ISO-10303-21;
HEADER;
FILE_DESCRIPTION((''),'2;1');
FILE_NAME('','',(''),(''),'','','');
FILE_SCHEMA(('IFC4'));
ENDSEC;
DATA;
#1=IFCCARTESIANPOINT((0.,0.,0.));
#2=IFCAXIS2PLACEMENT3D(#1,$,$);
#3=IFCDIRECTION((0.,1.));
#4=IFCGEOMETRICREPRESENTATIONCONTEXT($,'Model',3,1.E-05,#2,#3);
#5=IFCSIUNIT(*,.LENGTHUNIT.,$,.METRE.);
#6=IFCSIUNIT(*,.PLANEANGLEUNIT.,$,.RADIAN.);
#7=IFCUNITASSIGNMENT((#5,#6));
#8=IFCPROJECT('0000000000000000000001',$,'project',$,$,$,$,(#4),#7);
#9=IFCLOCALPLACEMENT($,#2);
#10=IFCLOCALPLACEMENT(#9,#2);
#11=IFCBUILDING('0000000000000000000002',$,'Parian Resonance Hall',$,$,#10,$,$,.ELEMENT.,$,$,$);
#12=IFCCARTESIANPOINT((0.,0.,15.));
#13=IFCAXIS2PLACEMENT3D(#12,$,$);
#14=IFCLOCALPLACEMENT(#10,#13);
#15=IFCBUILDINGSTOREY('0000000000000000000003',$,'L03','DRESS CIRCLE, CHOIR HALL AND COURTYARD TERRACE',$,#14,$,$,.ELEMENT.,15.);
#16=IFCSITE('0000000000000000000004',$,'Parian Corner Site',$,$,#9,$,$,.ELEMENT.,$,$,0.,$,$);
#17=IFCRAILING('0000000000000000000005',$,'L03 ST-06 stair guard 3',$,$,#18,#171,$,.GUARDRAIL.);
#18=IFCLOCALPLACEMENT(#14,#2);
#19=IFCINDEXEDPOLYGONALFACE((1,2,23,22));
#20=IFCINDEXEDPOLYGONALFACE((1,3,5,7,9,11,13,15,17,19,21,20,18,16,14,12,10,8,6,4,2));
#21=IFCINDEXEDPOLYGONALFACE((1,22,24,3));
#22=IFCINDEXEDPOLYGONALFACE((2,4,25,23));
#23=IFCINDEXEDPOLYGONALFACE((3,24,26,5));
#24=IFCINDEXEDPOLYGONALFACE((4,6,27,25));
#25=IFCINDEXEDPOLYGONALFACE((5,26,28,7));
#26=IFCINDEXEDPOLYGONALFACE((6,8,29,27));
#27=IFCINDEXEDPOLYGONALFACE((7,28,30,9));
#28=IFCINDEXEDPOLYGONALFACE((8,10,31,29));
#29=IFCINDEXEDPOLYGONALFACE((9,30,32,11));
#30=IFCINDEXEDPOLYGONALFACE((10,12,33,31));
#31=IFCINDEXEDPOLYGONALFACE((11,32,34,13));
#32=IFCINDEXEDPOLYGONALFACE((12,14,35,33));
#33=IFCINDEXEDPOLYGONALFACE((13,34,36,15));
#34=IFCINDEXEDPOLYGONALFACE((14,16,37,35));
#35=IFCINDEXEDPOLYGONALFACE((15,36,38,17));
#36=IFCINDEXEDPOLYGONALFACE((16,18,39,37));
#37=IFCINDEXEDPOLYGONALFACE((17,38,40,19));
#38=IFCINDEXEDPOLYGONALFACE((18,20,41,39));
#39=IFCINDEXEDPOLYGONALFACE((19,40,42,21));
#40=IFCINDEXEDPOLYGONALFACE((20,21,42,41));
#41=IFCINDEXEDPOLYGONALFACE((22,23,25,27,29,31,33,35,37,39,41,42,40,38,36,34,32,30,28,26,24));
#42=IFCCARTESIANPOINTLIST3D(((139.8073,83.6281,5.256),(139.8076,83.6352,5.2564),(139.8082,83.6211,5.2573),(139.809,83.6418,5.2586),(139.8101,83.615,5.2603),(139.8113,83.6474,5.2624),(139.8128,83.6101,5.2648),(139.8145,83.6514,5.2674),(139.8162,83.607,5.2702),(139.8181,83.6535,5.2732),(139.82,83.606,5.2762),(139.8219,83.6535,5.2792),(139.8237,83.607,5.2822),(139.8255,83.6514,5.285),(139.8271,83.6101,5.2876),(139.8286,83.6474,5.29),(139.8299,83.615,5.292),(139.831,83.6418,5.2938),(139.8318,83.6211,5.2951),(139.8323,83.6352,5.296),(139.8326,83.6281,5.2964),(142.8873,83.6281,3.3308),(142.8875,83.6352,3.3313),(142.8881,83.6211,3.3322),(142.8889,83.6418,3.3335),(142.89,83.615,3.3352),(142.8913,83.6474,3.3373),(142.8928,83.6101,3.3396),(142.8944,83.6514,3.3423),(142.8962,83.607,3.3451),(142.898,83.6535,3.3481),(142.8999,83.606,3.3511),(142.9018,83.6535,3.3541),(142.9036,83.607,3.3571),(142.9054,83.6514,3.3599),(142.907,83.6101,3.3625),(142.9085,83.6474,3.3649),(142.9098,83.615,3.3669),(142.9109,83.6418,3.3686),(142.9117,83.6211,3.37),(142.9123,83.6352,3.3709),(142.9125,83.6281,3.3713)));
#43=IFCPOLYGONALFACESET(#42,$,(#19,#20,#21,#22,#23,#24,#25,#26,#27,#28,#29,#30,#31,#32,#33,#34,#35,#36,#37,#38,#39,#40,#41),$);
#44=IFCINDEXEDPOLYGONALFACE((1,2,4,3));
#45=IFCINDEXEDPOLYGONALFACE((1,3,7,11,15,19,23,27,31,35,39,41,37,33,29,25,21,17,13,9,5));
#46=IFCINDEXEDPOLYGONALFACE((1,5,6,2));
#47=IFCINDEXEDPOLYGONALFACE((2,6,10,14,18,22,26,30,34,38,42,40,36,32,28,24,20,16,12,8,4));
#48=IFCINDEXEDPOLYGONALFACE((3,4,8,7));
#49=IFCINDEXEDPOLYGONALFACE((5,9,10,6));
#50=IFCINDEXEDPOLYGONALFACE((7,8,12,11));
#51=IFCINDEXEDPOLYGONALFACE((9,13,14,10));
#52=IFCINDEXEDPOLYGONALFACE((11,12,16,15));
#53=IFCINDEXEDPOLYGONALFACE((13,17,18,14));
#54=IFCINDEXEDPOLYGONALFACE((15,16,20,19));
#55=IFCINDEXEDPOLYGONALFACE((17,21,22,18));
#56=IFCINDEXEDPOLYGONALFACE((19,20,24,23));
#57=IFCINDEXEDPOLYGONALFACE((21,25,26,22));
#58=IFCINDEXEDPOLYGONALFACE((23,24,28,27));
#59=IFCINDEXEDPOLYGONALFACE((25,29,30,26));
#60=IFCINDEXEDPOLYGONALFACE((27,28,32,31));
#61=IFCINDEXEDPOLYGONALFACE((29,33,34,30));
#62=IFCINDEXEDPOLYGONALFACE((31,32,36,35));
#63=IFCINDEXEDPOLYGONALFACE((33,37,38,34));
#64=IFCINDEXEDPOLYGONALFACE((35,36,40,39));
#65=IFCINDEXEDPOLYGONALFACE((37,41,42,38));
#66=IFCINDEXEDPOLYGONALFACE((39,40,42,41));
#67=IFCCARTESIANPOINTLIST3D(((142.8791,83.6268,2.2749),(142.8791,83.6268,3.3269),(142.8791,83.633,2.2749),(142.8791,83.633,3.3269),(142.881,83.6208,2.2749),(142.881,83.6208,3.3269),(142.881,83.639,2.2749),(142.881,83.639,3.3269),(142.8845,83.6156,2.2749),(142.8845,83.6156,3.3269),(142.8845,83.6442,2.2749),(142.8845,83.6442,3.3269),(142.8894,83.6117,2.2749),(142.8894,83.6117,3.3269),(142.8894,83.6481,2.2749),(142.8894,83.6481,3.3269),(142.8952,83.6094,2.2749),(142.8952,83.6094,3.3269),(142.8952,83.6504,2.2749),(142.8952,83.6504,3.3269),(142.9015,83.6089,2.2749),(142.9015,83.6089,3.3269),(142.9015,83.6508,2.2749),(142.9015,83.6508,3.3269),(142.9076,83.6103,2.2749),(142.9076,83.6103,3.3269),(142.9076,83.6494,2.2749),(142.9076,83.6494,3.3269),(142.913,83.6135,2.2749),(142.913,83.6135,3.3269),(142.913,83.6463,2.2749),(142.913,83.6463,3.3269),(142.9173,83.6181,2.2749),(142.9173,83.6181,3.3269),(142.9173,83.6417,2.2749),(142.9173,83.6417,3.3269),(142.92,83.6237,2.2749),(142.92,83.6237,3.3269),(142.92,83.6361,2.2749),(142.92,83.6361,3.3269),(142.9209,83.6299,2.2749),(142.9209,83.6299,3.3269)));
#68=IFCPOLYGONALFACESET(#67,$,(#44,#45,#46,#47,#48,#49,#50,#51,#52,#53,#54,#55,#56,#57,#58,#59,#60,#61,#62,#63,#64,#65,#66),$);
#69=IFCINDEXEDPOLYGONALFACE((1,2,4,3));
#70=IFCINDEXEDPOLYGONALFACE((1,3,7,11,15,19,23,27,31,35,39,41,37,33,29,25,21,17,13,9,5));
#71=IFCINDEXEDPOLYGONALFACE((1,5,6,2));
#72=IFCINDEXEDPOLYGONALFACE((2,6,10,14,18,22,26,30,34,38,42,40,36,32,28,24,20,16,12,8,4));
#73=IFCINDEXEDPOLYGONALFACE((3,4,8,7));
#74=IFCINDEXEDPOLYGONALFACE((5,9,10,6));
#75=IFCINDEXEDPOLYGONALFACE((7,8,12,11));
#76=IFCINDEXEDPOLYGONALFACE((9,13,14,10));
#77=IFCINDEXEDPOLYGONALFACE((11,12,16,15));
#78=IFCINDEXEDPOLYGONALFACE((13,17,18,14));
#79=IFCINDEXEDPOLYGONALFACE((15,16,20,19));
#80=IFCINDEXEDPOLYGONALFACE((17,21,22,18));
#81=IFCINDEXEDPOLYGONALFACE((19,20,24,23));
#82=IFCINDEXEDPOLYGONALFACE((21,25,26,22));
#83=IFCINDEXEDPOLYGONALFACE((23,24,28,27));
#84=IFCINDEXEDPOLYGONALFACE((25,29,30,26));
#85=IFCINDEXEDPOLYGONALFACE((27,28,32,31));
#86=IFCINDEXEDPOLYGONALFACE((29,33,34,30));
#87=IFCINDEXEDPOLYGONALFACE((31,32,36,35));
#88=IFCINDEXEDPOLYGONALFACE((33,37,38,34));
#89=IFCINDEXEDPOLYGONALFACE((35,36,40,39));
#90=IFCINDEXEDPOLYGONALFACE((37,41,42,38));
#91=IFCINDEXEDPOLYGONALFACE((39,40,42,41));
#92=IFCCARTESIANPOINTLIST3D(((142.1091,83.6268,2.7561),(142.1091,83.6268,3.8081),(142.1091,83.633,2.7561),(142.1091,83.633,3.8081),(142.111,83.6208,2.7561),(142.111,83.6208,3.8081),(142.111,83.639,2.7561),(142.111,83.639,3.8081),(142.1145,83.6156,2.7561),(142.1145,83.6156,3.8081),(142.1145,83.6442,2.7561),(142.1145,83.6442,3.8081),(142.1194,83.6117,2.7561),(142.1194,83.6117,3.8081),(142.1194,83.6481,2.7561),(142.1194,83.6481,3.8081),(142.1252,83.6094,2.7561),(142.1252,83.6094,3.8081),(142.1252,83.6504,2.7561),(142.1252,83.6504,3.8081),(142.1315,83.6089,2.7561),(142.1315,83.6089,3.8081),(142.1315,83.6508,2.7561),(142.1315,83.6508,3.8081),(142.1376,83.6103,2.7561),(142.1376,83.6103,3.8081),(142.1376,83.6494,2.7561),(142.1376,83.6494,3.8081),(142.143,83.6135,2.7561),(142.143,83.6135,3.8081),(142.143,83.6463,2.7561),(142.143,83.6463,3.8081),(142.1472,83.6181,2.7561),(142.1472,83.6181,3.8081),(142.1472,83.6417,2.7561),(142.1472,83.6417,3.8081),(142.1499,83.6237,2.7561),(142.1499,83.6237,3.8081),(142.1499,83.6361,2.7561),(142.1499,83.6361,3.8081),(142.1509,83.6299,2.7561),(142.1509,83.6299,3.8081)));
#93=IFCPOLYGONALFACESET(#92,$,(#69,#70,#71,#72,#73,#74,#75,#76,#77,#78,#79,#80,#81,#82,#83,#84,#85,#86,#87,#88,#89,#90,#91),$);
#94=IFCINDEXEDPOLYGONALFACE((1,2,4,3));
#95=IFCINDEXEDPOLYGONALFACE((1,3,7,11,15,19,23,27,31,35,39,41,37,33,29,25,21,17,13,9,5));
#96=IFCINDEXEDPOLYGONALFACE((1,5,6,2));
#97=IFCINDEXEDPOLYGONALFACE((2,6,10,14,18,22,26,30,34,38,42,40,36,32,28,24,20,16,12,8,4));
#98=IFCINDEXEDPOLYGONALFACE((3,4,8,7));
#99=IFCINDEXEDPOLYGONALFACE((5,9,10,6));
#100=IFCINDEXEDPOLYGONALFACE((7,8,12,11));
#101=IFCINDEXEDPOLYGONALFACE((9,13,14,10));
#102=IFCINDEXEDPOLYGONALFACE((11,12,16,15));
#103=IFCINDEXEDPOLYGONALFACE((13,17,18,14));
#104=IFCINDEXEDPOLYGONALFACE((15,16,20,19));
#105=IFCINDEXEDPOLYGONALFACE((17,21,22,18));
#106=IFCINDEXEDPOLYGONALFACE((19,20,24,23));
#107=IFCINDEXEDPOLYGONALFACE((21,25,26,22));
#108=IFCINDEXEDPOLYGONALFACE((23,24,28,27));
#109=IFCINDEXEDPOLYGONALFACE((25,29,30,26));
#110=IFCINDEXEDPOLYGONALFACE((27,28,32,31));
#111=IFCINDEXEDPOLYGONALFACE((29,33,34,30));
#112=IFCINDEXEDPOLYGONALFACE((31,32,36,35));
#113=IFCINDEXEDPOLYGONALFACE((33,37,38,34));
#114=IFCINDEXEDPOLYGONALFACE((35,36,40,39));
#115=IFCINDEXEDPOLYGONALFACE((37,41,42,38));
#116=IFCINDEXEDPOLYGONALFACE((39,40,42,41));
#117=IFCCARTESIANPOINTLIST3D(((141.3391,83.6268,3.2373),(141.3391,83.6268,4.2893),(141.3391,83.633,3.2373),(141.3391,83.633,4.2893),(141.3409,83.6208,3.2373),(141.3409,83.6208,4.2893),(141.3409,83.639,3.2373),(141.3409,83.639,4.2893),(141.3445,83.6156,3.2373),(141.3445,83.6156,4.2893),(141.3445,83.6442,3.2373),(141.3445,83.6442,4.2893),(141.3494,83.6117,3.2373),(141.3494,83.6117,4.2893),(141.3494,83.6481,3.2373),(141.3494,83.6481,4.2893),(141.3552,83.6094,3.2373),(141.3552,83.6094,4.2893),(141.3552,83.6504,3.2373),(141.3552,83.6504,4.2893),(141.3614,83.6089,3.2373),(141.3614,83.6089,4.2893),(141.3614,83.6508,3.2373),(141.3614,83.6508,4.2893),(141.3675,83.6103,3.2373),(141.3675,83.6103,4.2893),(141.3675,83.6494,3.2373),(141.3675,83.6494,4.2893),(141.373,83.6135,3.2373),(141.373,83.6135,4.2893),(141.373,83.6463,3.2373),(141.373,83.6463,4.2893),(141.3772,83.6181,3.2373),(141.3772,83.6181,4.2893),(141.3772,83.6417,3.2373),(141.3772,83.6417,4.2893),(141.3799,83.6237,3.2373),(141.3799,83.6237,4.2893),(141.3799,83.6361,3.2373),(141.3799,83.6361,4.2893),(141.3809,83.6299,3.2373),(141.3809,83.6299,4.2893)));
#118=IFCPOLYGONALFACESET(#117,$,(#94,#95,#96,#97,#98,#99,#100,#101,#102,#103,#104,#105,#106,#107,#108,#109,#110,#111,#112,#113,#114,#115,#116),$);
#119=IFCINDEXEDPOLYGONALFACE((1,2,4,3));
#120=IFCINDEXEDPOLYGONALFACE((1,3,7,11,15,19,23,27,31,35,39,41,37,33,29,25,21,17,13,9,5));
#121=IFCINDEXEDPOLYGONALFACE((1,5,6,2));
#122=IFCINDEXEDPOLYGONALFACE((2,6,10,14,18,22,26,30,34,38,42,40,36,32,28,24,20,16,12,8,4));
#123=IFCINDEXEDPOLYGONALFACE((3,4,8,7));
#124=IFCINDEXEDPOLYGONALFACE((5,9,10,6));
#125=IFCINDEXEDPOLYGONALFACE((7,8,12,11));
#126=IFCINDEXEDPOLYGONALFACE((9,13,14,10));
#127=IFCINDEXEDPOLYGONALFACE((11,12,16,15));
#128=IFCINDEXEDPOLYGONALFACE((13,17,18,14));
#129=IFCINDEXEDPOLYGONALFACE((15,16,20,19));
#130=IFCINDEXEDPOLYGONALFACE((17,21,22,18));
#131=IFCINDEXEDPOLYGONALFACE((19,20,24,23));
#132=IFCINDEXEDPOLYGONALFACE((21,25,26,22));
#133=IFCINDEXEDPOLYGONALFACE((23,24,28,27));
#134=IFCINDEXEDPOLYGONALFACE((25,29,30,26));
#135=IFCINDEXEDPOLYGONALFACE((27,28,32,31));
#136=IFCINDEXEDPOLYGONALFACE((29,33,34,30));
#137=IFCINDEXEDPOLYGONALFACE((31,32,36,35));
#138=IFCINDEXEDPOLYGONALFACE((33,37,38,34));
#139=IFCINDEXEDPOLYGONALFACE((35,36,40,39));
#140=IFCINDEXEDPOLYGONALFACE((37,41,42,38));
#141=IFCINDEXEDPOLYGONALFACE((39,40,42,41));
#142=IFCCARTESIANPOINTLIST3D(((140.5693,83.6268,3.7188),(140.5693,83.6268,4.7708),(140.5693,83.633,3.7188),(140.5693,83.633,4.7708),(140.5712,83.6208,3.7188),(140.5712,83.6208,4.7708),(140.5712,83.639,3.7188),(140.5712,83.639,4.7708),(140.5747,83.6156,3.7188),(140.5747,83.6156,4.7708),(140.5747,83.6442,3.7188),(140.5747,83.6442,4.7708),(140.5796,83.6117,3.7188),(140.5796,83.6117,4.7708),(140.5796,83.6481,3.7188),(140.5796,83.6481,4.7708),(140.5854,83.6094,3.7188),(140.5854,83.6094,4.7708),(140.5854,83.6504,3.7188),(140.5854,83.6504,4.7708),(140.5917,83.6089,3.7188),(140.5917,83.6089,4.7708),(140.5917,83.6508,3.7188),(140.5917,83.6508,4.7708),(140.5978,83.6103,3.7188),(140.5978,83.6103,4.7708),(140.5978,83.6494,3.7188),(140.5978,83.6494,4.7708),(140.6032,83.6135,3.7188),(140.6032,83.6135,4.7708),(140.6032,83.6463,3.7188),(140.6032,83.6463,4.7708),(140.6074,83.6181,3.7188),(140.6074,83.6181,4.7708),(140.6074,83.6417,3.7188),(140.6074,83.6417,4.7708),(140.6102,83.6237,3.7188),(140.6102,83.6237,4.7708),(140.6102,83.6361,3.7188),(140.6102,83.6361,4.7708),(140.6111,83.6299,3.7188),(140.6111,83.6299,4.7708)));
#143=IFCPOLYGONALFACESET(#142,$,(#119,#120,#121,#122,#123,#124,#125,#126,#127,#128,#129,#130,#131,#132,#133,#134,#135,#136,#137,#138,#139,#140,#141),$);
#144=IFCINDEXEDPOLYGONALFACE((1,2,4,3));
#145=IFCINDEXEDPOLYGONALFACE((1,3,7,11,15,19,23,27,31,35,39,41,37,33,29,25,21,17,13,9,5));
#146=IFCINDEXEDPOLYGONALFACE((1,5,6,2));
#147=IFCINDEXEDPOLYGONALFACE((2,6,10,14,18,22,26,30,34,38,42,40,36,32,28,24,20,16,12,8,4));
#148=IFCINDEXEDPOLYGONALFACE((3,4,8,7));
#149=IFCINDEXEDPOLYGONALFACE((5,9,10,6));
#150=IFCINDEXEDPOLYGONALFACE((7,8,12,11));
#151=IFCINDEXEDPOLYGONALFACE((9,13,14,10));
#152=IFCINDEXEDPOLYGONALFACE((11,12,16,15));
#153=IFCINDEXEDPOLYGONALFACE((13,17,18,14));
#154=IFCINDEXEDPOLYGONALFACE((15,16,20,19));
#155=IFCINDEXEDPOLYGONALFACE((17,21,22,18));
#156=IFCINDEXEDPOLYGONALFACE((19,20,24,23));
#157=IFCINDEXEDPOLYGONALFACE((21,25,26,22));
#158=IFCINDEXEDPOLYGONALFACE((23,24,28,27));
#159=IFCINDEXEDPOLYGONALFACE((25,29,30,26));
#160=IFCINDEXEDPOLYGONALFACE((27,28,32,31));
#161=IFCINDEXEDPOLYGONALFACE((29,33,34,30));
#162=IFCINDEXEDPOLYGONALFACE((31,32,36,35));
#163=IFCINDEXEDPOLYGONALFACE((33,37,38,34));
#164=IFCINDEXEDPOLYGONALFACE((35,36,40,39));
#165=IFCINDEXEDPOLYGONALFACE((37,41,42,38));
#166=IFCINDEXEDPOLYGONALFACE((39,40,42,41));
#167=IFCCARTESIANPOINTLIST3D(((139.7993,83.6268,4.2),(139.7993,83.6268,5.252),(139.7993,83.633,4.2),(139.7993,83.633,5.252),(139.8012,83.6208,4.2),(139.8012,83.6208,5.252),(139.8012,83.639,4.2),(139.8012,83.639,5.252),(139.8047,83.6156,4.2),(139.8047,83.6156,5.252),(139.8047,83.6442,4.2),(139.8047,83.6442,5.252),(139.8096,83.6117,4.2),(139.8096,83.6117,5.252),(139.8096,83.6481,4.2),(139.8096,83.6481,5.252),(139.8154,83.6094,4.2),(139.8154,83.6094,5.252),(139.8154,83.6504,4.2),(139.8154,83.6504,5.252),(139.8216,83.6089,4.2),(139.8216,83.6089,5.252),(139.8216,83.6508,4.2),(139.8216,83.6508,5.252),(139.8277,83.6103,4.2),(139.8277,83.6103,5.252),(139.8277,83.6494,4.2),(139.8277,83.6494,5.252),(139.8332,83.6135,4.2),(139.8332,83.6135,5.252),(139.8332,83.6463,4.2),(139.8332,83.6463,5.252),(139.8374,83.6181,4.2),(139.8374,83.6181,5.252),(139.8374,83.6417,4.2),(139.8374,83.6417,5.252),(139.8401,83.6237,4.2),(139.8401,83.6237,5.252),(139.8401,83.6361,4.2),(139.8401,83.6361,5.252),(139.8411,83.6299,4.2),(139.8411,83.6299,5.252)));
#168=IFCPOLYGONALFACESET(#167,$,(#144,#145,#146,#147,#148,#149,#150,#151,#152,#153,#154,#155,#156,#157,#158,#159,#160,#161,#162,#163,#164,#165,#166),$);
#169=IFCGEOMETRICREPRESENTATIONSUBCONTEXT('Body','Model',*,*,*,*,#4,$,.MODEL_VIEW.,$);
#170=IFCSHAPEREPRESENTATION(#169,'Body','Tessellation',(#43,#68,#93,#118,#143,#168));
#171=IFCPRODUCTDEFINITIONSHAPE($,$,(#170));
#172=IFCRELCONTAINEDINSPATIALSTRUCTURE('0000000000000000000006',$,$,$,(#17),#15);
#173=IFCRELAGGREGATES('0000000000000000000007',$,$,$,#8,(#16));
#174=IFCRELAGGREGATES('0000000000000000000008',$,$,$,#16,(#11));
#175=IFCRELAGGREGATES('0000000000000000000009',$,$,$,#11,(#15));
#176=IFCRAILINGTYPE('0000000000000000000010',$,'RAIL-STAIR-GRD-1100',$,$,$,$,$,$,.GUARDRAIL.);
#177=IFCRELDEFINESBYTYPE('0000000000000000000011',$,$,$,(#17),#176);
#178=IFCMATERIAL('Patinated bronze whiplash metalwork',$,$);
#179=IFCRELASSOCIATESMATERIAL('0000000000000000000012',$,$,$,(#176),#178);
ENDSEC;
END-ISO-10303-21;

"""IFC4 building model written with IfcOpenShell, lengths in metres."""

from ifc_helpers import new_model, si_unit, direction, frame, origin, origin_2d, place, context, subcontext, project, spatial, circle, extrude, material, type_object, element, save


model = new_model("IFC4")

# Units and contexts
model_context = context("Model", 3, precision=1e-05, world=origin(), true_north=direction((0.0, 1.0)))
body_context = subcontext(model_context, "Body", "Model", "MODEL_VIEW")
ifc_project = project(units=[si_unit("LENGTHUNIT", "METRE"), si_unit("PLANEANGLEUNIT", "RADIAN")], contexts=[model_context])

# Site, building, storey
site_placement = place(None, origin())
site = spatial("IfcSite", under=ifc_project, at=site_placement, Name="Parian Corner Site", CompositionType="ELEMENT", RefElevation=0.0)
building_placement = place(site_placement, origin())
building = spatial("IfcBuilding", under=site, at=building_placement, Name="Parian Resonance Hall", CompositionType="ELEMENT")
storey_placement = place(building_placement, frame((0.0, 0.0, 15.0)))
storey = spatial("IfcBuildingStorey", under=building, at=storey_placement, Name="L03", Description="DRESS CIRCLE, CHOIR HALL AND COURTYARD TERRACE", CompositionType="ELEMENT", Elevation=15.0)

# Railing
ifc_material_1 = material(Name="Patinated bronze whiplash metalwork")
railing_type_1 = type_object("IfcRailingType", Name="RAIL-STAIR-GRD-1100", PredefinedType="GUARDRAIL", material=ifc_material_1)
railing_1_placement = place(storey_placement, frame((142.8999, 83.6299, 2.2749)))
element("IfcRailing", 1, at=railing_1_placement, inside=storey, type_object=railing_type_1, Name="L03 ST-06 stair guard 3", PredefinedType="GUARDRAIL", context=body_context, shape_type="SweptSolid", body=[
    extrude(circle(Radius=0.0239, at=origin_2d()), frame((0.0, 0.0, 1.0762), z_axis=(-0.847979, 0.0, 0.530029), x_axis=(0.0, -1.0, 0.0)), (0.0, 0.0, 1.0), 3.6321),
    extrude(circle(Radius=0.021, at=origin_2d()), origin(), (0.0, 0.0, 1.0), 1.052),
    extrude(circle(Radius=0.021, at=origin_2d()), frame((-0.77, 0.0, 0.4812)), (0.0, 0.0, 1.0), 1.052),
    extrude(circle(Radius=0.021, at=origin_2d()), frame((-1.54, 0.0, 0.9624)), (0.0, 0.0, 1.0), 1.052),
    extrude(circle(Radius=0.021, at=origin_2d()), frame((-2.3098, 0.0, 1.4438)), (0.0, 0.0, 1.0), 1.052),
    extrude(circle(Radius=0.021, at=origin_2d()), frame((-3.0798, 0.0, 1.925)), (0.0, 0.0, 1.0), 1.052),
])

save(model, "model.ifc")
